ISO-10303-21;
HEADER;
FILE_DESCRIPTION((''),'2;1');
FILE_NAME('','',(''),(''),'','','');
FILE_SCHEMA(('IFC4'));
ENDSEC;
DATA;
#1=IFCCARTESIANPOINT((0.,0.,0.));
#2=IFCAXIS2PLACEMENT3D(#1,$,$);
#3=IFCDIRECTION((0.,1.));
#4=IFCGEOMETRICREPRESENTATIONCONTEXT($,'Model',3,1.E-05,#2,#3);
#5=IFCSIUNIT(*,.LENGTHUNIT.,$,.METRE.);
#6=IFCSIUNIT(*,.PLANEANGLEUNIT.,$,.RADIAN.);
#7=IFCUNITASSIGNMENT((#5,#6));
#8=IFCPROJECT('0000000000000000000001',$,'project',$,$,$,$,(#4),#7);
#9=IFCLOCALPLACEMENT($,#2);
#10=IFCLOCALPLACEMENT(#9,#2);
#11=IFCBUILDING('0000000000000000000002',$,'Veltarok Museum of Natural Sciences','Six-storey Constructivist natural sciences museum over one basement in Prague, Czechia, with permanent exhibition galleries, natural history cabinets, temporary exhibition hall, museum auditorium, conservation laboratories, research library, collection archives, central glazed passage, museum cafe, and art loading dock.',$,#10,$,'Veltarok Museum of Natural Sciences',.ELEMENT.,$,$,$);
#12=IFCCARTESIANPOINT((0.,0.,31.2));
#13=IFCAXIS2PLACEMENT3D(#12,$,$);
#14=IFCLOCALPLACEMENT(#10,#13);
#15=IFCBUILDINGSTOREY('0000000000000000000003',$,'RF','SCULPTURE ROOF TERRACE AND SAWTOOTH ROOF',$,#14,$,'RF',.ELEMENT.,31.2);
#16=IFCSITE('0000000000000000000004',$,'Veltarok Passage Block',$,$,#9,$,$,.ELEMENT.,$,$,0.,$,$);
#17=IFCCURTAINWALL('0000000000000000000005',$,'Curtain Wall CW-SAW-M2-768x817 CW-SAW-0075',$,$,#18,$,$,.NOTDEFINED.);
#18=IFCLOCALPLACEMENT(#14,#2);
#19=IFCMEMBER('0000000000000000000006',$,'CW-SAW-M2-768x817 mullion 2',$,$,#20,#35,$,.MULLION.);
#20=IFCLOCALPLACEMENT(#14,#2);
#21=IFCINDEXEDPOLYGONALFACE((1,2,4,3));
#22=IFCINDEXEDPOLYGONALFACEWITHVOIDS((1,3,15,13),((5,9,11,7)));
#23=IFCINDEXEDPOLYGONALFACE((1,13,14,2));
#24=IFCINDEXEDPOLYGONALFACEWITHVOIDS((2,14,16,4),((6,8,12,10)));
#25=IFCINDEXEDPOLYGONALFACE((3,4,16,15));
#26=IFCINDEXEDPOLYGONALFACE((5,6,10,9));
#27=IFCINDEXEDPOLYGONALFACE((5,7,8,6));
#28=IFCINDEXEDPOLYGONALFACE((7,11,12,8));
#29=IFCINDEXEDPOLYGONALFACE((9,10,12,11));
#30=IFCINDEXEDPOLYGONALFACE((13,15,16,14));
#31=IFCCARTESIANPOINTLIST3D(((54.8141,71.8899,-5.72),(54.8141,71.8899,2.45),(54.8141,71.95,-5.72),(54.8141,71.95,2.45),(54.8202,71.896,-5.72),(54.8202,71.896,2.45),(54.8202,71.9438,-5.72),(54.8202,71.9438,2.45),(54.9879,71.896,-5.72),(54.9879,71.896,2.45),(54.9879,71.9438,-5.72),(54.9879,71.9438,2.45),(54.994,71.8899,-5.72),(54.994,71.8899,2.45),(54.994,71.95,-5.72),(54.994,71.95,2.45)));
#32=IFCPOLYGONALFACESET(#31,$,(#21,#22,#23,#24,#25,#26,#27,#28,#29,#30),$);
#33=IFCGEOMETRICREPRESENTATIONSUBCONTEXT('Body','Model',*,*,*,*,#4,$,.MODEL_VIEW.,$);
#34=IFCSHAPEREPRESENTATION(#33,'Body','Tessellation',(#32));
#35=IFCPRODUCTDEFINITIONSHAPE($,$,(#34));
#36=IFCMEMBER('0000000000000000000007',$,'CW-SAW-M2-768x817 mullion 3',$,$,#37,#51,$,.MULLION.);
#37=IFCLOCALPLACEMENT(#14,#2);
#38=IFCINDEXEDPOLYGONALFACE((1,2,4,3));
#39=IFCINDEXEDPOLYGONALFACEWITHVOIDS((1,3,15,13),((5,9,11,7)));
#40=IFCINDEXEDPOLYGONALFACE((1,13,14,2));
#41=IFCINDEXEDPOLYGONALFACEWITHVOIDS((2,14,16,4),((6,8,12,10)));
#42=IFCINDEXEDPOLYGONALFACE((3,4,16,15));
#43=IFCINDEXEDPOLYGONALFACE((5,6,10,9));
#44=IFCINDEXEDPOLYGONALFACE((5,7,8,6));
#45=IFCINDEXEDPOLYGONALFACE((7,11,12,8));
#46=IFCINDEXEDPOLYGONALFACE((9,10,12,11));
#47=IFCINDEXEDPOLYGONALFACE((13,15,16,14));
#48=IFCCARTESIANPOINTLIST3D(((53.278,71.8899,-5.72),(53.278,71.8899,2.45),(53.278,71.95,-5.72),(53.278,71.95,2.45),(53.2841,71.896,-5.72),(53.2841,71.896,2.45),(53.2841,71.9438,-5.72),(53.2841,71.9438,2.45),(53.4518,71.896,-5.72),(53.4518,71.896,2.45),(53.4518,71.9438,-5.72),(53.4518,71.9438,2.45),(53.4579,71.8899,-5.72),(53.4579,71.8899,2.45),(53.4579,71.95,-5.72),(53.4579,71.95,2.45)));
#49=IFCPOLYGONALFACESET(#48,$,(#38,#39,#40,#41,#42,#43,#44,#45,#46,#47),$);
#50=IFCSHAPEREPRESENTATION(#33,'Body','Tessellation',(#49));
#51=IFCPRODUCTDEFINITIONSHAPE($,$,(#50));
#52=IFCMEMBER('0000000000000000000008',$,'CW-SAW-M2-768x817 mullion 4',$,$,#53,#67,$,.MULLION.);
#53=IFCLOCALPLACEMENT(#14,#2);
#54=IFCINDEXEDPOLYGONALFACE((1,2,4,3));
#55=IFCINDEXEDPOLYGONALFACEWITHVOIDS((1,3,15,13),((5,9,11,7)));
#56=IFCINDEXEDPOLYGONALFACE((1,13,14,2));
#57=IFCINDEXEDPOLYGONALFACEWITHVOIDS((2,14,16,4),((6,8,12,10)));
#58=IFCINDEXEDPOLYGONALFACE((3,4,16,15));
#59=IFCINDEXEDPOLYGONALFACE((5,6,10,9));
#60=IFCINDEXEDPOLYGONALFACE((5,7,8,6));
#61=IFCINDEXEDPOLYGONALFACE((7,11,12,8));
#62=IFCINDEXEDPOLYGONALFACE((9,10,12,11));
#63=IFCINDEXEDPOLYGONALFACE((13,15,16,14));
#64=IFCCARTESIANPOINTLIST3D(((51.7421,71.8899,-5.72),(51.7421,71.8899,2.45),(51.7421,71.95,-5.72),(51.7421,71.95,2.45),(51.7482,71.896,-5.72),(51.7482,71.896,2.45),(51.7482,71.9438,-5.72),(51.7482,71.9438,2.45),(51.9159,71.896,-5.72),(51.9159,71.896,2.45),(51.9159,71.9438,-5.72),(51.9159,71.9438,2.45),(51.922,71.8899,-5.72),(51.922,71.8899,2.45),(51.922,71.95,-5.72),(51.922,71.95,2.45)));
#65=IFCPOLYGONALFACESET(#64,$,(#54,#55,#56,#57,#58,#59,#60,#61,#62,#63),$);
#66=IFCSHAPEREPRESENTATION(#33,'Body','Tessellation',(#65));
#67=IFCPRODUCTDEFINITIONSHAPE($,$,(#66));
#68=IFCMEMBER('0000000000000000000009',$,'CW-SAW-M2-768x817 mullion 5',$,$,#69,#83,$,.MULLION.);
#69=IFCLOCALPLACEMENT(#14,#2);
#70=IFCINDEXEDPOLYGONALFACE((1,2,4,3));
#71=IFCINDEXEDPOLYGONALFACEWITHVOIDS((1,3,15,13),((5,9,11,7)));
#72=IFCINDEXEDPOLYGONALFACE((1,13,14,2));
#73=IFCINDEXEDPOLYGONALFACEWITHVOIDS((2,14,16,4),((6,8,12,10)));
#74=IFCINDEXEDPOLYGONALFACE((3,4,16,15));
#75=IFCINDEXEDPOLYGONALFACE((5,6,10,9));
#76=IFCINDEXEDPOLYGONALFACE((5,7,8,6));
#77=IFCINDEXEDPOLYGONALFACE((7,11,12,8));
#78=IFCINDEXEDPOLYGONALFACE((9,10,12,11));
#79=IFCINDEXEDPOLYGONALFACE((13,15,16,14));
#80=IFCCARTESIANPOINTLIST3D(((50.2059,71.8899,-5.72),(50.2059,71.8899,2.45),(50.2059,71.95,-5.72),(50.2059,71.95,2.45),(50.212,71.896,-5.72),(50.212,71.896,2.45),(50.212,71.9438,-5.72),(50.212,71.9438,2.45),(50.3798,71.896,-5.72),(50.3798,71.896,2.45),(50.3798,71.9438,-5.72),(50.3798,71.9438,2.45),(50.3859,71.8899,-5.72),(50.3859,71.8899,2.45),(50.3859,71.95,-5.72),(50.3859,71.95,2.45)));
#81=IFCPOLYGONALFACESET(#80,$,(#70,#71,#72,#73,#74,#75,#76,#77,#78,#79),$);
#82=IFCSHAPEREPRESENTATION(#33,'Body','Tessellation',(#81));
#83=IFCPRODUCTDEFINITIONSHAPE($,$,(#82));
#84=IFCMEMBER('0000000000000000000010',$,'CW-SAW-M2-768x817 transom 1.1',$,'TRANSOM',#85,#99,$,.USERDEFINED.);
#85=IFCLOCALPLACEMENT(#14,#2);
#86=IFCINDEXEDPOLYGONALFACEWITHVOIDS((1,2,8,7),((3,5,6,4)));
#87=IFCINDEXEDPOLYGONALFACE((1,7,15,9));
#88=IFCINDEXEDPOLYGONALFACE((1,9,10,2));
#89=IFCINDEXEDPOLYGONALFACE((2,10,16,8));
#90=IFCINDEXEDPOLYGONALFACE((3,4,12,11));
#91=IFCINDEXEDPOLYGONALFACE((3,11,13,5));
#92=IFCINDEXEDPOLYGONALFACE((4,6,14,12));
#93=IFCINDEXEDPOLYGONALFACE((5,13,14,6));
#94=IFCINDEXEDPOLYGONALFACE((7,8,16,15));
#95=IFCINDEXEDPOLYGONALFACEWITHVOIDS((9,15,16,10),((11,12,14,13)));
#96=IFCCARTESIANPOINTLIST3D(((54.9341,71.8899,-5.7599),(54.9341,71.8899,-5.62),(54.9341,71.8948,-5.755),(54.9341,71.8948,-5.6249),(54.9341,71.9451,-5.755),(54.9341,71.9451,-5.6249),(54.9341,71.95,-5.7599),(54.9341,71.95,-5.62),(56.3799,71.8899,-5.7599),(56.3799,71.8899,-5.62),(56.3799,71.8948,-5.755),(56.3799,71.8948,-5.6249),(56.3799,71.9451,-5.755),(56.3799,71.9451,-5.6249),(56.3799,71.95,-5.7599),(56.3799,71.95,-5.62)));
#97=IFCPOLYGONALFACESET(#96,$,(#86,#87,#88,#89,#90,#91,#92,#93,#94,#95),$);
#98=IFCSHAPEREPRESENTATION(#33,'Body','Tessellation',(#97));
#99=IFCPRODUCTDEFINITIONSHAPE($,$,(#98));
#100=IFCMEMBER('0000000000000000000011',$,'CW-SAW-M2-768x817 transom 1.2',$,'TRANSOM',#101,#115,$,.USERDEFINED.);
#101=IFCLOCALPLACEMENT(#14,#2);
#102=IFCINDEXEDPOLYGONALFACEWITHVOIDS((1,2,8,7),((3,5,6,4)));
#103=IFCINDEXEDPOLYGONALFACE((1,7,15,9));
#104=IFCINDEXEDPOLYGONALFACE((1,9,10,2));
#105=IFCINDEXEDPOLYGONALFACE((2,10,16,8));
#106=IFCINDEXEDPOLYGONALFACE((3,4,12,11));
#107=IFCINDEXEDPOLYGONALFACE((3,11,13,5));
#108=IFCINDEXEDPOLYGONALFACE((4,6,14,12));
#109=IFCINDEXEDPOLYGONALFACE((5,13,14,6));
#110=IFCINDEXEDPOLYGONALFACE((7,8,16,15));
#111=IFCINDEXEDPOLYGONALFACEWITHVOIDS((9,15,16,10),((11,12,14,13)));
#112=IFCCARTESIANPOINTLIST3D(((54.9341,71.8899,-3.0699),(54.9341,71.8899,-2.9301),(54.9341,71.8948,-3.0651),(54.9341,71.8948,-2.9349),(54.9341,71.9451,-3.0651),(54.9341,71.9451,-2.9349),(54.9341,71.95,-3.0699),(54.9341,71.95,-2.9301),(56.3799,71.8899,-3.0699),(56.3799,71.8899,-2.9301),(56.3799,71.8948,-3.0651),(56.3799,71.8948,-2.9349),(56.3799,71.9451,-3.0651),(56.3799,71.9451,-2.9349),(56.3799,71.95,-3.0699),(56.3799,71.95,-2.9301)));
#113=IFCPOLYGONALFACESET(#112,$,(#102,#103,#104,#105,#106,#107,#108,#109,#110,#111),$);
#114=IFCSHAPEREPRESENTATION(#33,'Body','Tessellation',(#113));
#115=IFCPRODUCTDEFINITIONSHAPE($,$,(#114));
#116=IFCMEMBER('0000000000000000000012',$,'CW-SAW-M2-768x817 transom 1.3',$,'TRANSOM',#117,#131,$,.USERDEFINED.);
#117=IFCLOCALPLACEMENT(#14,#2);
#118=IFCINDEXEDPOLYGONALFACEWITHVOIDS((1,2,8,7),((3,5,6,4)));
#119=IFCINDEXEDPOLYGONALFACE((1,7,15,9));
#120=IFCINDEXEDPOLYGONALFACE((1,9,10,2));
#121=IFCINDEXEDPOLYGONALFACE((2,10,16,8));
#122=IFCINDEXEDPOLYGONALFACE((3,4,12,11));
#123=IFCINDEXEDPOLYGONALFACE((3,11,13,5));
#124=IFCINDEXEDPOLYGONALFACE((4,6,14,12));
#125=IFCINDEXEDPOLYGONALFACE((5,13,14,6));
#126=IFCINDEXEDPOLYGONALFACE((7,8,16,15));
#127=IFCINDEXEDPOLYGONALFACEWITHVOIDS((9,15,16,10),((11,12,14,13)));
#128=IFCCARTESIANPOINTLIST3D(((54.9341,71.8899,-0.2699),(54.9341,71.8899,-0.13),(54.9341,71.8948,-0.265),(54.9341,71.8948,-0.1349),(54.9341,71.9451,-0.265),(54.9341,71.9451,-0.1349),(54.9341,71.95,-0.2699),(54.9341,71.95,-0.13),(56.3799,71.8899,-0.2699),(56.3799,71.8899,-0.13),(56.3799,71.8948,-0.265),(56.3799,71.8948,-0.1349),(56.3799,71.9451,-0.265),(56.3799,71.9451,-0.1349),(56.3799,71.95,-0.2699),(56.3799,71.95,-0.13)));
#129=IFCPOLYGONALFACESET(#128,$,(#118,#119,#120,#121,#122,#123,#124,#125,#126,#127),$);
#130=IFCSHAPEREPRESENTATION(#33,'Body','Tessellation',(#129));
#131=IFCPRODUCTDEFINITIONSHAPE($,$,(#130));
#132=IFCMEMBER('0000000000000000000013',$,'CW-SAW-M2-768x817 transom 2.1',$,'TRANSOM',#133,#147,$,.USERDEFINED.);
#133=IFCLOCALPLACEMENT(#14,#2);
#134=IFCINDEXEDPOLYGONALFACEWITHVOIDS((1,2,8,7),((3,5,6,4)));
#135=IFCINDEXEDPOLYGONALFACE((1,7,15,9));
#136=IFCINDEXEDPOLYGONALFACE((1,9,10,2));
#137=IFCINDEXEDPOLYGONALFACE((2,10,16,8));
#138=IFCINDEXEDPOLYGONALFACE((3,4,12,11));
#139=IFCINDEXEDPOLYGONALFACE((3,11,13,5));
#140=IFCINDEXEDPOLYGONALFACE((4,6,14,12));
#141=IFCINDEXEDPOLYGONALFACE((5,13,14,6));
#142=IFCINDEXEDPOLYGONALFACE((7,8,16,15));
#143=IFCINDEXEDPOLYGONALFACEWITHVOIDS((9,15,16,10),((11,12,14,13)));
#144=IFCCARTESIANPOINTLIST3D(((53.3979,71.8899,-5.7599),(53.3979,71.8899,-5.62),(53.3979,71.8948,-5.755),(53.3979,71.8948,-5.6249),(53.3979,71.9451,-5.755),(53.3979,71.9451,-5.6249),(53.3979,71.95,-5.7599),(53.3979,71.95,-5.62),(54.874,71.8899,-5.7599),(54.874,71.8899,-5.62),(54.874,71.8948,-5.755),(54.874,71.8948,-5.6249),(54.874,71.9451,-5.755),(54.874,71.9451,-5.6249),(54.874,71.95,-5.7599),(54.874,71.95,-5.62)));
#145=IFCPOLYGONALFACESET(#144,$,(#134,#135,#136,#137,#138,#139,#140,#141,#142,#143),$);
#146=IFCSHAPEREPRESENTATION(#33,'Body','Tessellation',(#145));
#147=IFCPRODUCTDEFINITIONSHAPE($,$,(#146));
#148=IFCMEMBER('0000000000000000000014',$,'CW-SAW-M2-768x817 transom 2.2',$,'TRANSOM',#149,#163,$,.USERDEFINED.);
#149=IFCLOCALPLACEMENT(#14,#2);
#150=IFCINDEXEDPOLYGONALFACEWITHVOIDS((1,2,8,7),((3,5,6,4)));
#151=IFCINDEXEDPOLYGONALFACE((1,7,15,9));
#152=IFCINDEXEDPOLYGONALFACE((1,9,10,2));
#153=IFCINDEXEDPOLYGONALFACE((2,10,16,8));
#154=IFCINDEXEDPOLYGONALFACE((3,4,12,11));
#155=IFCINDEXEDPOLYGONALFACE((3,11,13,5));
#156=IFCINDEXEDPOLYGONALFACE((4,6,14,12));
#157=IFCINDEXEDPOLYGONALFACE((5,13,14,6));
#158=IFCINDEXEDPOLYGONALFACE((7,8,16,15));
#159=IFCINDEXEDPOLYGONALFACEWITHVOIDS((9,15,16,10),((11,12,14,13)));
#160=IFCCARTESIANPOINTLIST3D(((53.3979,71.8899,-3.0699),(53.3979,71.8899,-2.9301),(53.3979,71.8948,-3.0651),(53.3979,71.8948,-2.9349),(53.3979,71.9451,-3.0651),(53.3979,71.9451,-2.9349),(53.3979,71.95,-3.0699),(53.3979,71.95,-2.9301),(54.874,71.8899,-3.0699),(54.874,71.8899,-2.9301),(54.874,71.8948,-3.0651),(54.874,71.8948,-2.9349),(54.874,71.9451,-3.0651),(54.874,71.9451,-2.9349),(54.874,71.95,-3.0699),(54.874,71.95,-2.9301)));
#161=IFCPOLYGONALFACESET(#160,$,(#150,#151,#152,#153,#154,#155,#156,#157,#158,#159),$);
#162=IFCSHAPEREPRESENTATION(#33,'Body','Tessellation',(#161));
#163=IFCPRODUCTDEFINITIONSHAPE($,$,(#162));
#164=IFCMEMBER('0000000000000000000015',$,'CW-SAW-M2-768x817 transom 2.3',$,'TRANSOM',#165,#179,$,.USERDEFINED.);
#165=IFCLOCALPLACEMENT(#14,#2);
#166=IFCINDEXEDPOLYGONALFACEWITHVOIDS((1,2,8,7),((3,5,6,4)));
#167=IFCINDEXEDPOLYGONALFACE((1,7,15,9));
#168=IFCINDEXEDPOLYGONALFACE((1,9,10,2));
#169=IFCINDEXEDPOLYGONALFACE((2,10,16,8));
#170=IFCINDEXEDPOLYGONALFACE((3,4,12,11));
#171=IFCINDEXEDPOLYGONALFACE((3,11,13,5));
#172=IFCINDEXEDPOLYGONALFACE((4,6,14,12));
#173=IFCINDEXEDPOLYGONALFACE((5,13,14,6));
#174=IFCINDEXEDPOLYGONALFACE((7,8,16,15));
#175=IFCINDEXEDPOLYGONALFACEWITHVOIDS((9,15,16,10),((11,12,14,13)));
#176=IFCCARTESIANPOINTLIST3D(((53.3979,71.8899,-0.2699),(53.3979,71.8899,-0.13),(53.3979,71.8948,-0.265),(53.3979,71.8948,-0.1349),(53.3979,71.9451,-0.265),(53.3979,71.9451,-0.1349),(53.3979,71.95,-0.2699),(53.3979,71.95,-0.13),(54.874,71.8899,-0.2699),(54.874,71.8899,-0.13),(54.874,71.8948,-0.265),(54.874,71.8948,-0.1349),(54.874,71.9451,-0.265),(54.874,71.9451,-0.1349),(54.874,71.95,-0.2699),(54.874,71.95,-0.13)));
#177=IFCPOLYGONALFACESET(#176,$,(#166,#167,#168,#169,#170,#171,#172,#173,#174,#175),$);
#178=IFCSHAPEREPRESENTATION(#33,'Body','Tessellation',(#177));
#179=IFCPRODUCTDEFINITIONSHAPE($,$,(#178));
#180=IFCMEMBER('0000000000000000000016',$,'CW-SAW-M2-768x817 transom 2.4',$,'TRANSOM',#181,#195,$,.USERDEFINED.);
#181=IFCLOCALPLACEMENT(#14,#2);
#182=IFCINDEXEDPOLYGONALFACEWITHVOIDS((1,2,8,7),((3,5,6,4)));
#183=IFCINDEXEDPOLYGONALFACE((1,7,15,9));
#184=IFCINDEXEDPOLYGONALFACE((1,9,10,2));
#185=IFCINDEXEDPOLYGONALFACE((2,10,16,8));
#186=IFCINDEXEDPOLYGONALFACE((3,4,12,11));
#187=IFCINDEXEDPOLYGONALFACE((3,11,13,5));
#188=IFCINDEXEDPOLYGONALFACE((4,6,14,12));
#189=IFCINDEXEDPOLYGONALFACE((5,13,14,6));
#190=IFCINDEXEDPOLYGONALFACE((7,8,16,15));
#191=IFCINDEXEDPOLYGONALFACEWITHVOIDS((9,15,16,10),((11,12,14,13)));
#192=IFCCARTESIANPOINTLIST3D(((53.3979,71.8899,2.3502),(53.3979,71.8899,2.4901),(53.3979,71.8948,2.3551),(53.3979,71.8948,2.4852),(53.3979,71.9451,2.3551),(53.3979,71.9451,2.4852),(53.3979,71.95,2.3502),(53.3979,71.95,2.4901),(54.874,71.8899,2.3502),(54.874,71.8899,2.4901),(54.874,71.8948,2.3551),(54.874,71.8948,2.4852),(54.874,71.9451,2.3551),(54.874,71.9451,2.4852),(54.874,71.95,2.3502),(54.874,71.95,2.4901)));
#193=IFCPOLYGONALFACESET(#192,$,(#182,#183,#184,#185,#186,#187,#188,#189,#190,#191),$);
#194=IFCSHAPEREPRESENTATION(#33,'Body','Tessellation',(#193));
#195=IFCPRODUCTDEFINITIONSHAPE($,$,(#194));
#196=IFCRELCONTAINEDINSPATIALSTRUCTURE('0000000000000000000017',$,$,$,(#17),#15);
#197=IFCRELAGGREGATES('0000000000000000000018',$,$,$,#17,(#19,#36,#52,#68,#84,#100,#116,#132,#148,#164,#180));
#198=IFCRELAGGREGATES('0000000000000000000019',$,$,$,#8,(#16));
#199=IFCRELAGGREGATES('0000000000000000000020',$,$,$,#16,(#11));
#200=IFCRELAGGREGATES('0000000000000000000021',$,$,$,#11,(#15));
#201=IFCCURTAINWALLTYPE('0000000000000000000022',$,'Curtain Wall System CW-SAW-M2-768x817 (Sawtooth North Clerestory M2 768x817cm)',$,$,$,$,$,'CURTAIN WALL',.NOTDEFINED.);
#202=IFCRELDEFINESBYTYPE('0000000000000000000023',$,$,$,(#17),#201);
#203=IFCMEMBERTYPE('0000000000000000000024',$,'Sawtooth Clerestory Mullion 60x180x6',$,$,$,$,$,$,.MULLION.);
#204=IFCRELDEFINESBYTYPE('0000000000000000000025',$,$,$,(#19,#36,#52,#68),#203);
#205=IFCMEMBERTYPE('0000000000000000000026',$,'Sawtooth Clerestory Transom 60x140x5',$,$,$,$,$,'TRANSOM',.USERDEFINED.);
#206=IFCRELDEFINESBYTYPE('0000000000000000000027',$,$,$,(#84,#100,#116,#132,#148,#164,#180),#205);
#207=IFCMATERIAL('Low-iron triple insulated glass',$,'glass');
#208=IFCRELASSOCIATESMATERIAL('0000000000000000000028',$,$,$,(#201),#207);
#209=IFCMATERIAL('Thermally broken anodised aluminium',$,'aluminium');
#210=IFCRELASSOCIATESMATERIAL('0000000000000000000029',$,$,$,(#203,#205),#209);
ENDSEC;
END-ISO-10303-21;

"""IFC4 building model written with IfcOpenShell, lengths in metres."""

from ifc_helpers import new_model, si_unit, direction, frame, origin, origin_2d, place, context, subcontext, project, spatial, hollow_rectangle, extrude, material, material_profile, profile_set, type_object, element, aggregate, save


model = new_model("IFC4")

# Units and contexts
model_context = context("Model", 3, precision=1e-05, world=origin(), true_north=direction((0.0, 1.0)))
body_context = subcontext(model_context, "Body", "Model", "MODEL_VIEW")
ifc_project = project(units=[si_unit("LENGTHUNIT", "METRE"), si_unit("PLANEANGLEUNIT", "RADIAN")], contexts=[model_context])

# Site, building, storey
site_placement = place(None, origin())
site = spatial("IfcSite", under=ifc_project, at=site_placement, Name="Veltarok Passage Block", CompositionType="ELEMENT", RefElevation=0.0)
building_placement = place(site_placement, origin())
building = spatial("IfcBuilding", under=site, at=building_placement, Name="Veltarok Museum of Natural Sciences", Description="Six-storey Constructivist natural sciences museum over one basement in Prague, Czechia, with permanent exhibition galleries, natural history cabinets, temporary exhibition hall, museum auditorium, conservation laboratories, research library, collection archives, central glazed passage, museum cafe, and art loading dock.", LongName="Veltarok Museum of Natural Sciences", CompositionType="ELEMENT")
storey_placement = place(building_placement, frame((0.0, 0.0, 31.2)))
storey = spatial("IfcBuildingStorey", under=building, at=storey_placement, Name="RF", Description="SCULPTURE ROOF TERRACE AND SAWTOOTH ROOF", LongName="RF", CompositionType="ELEMENT", Elevation=31.2)

# Curtain wall, members
ifc_material_1 = material(Name="Low-iron triple insulated glass", Category="glass")
curtain_wall_type = type_object("IfcCurtainWallType", Name="Curtain Wall System CW-SAW-M2-768x817 (Sawtooth North Clerestory M2 768x817cm)", ElementType="CURTAIN WALL", PredefinedType="NOTDEFINED", material=ifc_material_1)
curtain_wall_placement = place(storey_placement, origin())
curtain_wall = element("IfcCurtainWall", 1, at=curtain_wall_placement, inside=storey, type_object=curtain_wall_type, Name="Curtain Wall CW-SAW-M2-768x817 CW-SAW-0075", PredefinedType="NOTDEFINED")
ifc_material_2 = material(Name="Thermally broken anodised aluminium", Category="aluminium")
ifc_material_profile_1 = material_profile(ifc_material_2, hollow_rectangle(XDim=0.0601, YDim=0.1799, WallThickness=0.0061, at=origin_2d()), Name="CW MULLION 60x180x6")
ifc_profile_set_1 = profile_set([ifc_material_profile_1], Name="Thermally broken anodised aluminium")
member_type_1 = type_object("IfcMemberType", Name="Sawtooth Clerestory Mullion 60x180x6", PredefinedType="MULLION", material=ifc_profile_set_1)
member_1_placement = place(storey_placement, frame((54.9041, 71.9199, -5.72), z_axis=(0.0, 0.0, 1.0), x_axis=(0.0, -1.0, 0.0)))
member_1 = element("IfcMember", 2, at=member_1_placement, type_object=member_type_1, Name="CW-SAW-M2-768x817 mullion 2", PredefinedType="MULLION", context=body_context, shape_type="SweptSolid", body=[
    extrude(hollow_rectangle(XDim=0.0601, YDim=0.1799, WallThickness=0.0061, at=origin_2d()), origin(), (0.0, 0.0, 1.0), 8.1699),
])
member_2_placement = place(storey_placement, frame((53.3679, 71.9199, -5.72), z_axis=(0.0, 0.0, 1.0), x_axis=(0.0, -1.0, 0.0)))
member_2 = element("IfcMember", 3, at=member_2_placement, type_object=member_type_1, Name="CW-SAW-M2-768x817 mullion 3", PredefinedType="MULLION", context=body_context, shape_type="SweptSolid", body=[
    extrude(hollow_rectangle(XDim=0.0601, YDim=0.1799, WallThickness=0.0061, at=origin_2d()), origin(), (0.0, 0.0, 1.0), 8.1699),
])
member_3_placement = place(storey_placement, frame((51.832, 71.9199, -5.72), z_axis=(0.0, 0.0, 1.0), x_axis=(0.0, -1.0, 0.0)))
member_3 = element("IfcMember", 4, at=member_3_placement, type_object=member_type_1, Name="CW-SAW-M2-768x817 mullion 4", PredefinedType="MULLION", context=body_context, shape_type="SweptSolid", body=[
    extrude(hollow_rectangle(XDim=0.0601, YDim=0.1799, WallThickness=0.0061, at=origin_2d()), origin(), (0.0, 0.0, 1.0), 8.1699),
])
member_4_placement = place(storey_placement, frame((50.2959, 71.9199, -5.72), z_axis=(0.0, 0.0, 1.0), x_axis=(0.0, -1.0, 0.0)))
member_4 = element("IfcMember", 5, at=member_4_placement, type_object=member_type_1, Name="CW-SAW-M2-768x817 mullion 5", PredefinedType="MULLION", context=body_context, shape_type="SweptSolid", body=[
    extrude(hollow_rectangle(XDim=0.0601, YDim=0.1799, WallThickness=0.0061, at=origin_2d()), origin(), (0.0, 0.0, 1.0), 8.1699),
])
ifc_material_profile_2 = material_profile(ifc_material_2, hollow_rectangle(XDim=0.0601, YDim=0.1399, WallThickness=0.0049, at=origin_2d()), Name="CW TRANSOM 60x140x5")
ifc_profile_set_2 = profile_set([ifc_material_profile_2], Name="Thermally broken anodised aluminium")
member_type_2 = type_object("IfcMemberType", Name="Sawtooth Clerestory Transom 60x140x5", ElementType="TRANSOM", PredefinedType="USERDEFINED", material=ifc_profile_set_2)
member_5_placement = place(storey_placement, frame((56.3799, 71.9199, -5.6899), z_axis=(-1.0, 0.0, 0.0), x_axis=(0.0, -1.0, 0.0)))
member_5 = element("IfcMember", 6, at=member_5_placement, type_object=member_type_2, Name="CW-SAW-M2-768x817 transom 1.1", ObjectType="TRANSOM", PredefinedType="USERDEFINED", context=body_context, shape_type="SweptSolid", body=[
    extrude(hollow_rectangle(XDim=0.0601, YDim=0.1399, WallThickness=0.0049, at=origin_2d()), origin(), (0.0, 0.0, 1.0), 1.4458),
])
member_6_placement = place(storey_placement, frame((56.3799, 71.9199, -3.0), z_axis=(-1.0, 0.0, 0.0), x_axis=(0.0, -1.0, 0.0)))
member_6 = element("IfcMember", 7, at=member_6_placement, type_object=member_type_2, Name="CW-SAW-M2-768x817 transom 1.2", ObjectType="TRANSOM", PredefinedType="USERDEFINED", context=body_context, shape_type="SweptSolid", body=[
    extrude(hollow_rectangle(XDim=0.0601, YDim=0.1399, WallThickness=0.0049, at=origin_2d()), origin(), (0.0, 0.0, 1.0), 1.4458),
])
member_7_placement = place(storey_placement, frame((56.3799, 71.9199, -0.2), z_axis=(-1.0, 0.0, 0.0), x_axis=(0.0, -1.0, 0.0)))
member_7 = element("IfcMember", 8, at=member_7_placement, type_object=member_type_2, Name="CW-SAW-M2-768x817 transom 1.3", ObjectType="TRANSOM", PredefinedType="USERDEFINED", context=body_context, shape_type="SweptSolid", body=[
    extrude(hollow_rectangle(XDim=0.0601, YDim=0.1399, WallThickness=0.0049, at=origin_2d()), origin(), (0.0, 0.0, 1.0), 1.4458),
])
member_8_placement = place(storey_placement, frame((54.874, 71.9199, -5.6899), z_axis=(-1.0, 0.0, 0.0), x_axis=(0.0, -1.0, 0.0)))
member_8 = element("IfcMember", 9, at=member_8_placement, type_object=member_type_2, Name="CW-SAW-M2-768x817 transom 2.1", ObjectType="TRANSOM", PredefinedType="USERDEFINED", context=body_context, shape_type="SweptSolid", body=[
    extrude(hollow_rectangle(XDim=0.0601, YDim=0.1399, WallThickness=0.0049, at=origin_2d()), origin(), (0.0, 0.0, 1.0), 1.4761),
])
member_9_placement = place(storey_placement, frame((54.874, 71.9199, -3.0), z_axis=(-1.0, 0.0, 0.0), x_axis=(0.0, -1.0, 0.0)))
member_9 = element("IfcMember", 10, at=member_9_placement, type_object=member_type_2, Name="CW-SAW-M2-768x817 transom 2.2", ObjectType="TRANSOM", PredefinedType="USERDEFINED", context=body_context, shape_type="SweptSolid", body=[
    extrude(hollow_rectangle(XDim=0.0601, YDim=0.1399, WallThickness=0.0049, at=origin_2d()), origin(), (0.0, 0.0, 1.0), 1.4761),
])
member_10_placement = place(storey_placement, frame((54.874, 71.9199, -0.2), z_axis=(-1.0, 0.0, 0.0), x_axis=(0.0, -1.0, 0.0)))
member_10 = element("IfcMember", 11, at=member_10_placement, type_object=member_type_2, Name="CW-SAW-M2-768x817 transom 2.3", ObjectType="TRANSOM", PredefinedType="USERDEFINED", context=body_context, shape_type="SweptSolid", body=[
    extrude(hollow_rectangle(XDim=0.0601, YDim=0.1399, WallThickness=0.0049, at=origin_2d()), origin(), (0.0, 0.0, 1.0), 1.4761),
])
member_11_placement = place(storey_placement, frame((54.874, 71.9199, 2.4202), z_axis=(-1.0, 0.0, 0.0), x_axis=(0.0, -1.0, 0.0)))
member_11 = element("IfcMember", 12, at=member_11_placement, type_object=member_type_2, Name="CW-SAW-M2-768x817 transom 2.4", ObjectType="TRANSOM", PredefinedType="USERDEFINED", context=body_context, shape_type="SweptSolid", body=[
    extrude(hollow_rectangle(XDim=0.0601, YDim=0.1399, WallThickness=0.0049, at=origin_2d()), origin(), (0.0, 0.0, 1.0), 1.4761),
])
aggregate(curtain_wall, [member_1, member_2, member_3, member_4, member_5, member_6, member_7, member_8, member_9, member_10, member_11])

save(model, "model.ifc")
